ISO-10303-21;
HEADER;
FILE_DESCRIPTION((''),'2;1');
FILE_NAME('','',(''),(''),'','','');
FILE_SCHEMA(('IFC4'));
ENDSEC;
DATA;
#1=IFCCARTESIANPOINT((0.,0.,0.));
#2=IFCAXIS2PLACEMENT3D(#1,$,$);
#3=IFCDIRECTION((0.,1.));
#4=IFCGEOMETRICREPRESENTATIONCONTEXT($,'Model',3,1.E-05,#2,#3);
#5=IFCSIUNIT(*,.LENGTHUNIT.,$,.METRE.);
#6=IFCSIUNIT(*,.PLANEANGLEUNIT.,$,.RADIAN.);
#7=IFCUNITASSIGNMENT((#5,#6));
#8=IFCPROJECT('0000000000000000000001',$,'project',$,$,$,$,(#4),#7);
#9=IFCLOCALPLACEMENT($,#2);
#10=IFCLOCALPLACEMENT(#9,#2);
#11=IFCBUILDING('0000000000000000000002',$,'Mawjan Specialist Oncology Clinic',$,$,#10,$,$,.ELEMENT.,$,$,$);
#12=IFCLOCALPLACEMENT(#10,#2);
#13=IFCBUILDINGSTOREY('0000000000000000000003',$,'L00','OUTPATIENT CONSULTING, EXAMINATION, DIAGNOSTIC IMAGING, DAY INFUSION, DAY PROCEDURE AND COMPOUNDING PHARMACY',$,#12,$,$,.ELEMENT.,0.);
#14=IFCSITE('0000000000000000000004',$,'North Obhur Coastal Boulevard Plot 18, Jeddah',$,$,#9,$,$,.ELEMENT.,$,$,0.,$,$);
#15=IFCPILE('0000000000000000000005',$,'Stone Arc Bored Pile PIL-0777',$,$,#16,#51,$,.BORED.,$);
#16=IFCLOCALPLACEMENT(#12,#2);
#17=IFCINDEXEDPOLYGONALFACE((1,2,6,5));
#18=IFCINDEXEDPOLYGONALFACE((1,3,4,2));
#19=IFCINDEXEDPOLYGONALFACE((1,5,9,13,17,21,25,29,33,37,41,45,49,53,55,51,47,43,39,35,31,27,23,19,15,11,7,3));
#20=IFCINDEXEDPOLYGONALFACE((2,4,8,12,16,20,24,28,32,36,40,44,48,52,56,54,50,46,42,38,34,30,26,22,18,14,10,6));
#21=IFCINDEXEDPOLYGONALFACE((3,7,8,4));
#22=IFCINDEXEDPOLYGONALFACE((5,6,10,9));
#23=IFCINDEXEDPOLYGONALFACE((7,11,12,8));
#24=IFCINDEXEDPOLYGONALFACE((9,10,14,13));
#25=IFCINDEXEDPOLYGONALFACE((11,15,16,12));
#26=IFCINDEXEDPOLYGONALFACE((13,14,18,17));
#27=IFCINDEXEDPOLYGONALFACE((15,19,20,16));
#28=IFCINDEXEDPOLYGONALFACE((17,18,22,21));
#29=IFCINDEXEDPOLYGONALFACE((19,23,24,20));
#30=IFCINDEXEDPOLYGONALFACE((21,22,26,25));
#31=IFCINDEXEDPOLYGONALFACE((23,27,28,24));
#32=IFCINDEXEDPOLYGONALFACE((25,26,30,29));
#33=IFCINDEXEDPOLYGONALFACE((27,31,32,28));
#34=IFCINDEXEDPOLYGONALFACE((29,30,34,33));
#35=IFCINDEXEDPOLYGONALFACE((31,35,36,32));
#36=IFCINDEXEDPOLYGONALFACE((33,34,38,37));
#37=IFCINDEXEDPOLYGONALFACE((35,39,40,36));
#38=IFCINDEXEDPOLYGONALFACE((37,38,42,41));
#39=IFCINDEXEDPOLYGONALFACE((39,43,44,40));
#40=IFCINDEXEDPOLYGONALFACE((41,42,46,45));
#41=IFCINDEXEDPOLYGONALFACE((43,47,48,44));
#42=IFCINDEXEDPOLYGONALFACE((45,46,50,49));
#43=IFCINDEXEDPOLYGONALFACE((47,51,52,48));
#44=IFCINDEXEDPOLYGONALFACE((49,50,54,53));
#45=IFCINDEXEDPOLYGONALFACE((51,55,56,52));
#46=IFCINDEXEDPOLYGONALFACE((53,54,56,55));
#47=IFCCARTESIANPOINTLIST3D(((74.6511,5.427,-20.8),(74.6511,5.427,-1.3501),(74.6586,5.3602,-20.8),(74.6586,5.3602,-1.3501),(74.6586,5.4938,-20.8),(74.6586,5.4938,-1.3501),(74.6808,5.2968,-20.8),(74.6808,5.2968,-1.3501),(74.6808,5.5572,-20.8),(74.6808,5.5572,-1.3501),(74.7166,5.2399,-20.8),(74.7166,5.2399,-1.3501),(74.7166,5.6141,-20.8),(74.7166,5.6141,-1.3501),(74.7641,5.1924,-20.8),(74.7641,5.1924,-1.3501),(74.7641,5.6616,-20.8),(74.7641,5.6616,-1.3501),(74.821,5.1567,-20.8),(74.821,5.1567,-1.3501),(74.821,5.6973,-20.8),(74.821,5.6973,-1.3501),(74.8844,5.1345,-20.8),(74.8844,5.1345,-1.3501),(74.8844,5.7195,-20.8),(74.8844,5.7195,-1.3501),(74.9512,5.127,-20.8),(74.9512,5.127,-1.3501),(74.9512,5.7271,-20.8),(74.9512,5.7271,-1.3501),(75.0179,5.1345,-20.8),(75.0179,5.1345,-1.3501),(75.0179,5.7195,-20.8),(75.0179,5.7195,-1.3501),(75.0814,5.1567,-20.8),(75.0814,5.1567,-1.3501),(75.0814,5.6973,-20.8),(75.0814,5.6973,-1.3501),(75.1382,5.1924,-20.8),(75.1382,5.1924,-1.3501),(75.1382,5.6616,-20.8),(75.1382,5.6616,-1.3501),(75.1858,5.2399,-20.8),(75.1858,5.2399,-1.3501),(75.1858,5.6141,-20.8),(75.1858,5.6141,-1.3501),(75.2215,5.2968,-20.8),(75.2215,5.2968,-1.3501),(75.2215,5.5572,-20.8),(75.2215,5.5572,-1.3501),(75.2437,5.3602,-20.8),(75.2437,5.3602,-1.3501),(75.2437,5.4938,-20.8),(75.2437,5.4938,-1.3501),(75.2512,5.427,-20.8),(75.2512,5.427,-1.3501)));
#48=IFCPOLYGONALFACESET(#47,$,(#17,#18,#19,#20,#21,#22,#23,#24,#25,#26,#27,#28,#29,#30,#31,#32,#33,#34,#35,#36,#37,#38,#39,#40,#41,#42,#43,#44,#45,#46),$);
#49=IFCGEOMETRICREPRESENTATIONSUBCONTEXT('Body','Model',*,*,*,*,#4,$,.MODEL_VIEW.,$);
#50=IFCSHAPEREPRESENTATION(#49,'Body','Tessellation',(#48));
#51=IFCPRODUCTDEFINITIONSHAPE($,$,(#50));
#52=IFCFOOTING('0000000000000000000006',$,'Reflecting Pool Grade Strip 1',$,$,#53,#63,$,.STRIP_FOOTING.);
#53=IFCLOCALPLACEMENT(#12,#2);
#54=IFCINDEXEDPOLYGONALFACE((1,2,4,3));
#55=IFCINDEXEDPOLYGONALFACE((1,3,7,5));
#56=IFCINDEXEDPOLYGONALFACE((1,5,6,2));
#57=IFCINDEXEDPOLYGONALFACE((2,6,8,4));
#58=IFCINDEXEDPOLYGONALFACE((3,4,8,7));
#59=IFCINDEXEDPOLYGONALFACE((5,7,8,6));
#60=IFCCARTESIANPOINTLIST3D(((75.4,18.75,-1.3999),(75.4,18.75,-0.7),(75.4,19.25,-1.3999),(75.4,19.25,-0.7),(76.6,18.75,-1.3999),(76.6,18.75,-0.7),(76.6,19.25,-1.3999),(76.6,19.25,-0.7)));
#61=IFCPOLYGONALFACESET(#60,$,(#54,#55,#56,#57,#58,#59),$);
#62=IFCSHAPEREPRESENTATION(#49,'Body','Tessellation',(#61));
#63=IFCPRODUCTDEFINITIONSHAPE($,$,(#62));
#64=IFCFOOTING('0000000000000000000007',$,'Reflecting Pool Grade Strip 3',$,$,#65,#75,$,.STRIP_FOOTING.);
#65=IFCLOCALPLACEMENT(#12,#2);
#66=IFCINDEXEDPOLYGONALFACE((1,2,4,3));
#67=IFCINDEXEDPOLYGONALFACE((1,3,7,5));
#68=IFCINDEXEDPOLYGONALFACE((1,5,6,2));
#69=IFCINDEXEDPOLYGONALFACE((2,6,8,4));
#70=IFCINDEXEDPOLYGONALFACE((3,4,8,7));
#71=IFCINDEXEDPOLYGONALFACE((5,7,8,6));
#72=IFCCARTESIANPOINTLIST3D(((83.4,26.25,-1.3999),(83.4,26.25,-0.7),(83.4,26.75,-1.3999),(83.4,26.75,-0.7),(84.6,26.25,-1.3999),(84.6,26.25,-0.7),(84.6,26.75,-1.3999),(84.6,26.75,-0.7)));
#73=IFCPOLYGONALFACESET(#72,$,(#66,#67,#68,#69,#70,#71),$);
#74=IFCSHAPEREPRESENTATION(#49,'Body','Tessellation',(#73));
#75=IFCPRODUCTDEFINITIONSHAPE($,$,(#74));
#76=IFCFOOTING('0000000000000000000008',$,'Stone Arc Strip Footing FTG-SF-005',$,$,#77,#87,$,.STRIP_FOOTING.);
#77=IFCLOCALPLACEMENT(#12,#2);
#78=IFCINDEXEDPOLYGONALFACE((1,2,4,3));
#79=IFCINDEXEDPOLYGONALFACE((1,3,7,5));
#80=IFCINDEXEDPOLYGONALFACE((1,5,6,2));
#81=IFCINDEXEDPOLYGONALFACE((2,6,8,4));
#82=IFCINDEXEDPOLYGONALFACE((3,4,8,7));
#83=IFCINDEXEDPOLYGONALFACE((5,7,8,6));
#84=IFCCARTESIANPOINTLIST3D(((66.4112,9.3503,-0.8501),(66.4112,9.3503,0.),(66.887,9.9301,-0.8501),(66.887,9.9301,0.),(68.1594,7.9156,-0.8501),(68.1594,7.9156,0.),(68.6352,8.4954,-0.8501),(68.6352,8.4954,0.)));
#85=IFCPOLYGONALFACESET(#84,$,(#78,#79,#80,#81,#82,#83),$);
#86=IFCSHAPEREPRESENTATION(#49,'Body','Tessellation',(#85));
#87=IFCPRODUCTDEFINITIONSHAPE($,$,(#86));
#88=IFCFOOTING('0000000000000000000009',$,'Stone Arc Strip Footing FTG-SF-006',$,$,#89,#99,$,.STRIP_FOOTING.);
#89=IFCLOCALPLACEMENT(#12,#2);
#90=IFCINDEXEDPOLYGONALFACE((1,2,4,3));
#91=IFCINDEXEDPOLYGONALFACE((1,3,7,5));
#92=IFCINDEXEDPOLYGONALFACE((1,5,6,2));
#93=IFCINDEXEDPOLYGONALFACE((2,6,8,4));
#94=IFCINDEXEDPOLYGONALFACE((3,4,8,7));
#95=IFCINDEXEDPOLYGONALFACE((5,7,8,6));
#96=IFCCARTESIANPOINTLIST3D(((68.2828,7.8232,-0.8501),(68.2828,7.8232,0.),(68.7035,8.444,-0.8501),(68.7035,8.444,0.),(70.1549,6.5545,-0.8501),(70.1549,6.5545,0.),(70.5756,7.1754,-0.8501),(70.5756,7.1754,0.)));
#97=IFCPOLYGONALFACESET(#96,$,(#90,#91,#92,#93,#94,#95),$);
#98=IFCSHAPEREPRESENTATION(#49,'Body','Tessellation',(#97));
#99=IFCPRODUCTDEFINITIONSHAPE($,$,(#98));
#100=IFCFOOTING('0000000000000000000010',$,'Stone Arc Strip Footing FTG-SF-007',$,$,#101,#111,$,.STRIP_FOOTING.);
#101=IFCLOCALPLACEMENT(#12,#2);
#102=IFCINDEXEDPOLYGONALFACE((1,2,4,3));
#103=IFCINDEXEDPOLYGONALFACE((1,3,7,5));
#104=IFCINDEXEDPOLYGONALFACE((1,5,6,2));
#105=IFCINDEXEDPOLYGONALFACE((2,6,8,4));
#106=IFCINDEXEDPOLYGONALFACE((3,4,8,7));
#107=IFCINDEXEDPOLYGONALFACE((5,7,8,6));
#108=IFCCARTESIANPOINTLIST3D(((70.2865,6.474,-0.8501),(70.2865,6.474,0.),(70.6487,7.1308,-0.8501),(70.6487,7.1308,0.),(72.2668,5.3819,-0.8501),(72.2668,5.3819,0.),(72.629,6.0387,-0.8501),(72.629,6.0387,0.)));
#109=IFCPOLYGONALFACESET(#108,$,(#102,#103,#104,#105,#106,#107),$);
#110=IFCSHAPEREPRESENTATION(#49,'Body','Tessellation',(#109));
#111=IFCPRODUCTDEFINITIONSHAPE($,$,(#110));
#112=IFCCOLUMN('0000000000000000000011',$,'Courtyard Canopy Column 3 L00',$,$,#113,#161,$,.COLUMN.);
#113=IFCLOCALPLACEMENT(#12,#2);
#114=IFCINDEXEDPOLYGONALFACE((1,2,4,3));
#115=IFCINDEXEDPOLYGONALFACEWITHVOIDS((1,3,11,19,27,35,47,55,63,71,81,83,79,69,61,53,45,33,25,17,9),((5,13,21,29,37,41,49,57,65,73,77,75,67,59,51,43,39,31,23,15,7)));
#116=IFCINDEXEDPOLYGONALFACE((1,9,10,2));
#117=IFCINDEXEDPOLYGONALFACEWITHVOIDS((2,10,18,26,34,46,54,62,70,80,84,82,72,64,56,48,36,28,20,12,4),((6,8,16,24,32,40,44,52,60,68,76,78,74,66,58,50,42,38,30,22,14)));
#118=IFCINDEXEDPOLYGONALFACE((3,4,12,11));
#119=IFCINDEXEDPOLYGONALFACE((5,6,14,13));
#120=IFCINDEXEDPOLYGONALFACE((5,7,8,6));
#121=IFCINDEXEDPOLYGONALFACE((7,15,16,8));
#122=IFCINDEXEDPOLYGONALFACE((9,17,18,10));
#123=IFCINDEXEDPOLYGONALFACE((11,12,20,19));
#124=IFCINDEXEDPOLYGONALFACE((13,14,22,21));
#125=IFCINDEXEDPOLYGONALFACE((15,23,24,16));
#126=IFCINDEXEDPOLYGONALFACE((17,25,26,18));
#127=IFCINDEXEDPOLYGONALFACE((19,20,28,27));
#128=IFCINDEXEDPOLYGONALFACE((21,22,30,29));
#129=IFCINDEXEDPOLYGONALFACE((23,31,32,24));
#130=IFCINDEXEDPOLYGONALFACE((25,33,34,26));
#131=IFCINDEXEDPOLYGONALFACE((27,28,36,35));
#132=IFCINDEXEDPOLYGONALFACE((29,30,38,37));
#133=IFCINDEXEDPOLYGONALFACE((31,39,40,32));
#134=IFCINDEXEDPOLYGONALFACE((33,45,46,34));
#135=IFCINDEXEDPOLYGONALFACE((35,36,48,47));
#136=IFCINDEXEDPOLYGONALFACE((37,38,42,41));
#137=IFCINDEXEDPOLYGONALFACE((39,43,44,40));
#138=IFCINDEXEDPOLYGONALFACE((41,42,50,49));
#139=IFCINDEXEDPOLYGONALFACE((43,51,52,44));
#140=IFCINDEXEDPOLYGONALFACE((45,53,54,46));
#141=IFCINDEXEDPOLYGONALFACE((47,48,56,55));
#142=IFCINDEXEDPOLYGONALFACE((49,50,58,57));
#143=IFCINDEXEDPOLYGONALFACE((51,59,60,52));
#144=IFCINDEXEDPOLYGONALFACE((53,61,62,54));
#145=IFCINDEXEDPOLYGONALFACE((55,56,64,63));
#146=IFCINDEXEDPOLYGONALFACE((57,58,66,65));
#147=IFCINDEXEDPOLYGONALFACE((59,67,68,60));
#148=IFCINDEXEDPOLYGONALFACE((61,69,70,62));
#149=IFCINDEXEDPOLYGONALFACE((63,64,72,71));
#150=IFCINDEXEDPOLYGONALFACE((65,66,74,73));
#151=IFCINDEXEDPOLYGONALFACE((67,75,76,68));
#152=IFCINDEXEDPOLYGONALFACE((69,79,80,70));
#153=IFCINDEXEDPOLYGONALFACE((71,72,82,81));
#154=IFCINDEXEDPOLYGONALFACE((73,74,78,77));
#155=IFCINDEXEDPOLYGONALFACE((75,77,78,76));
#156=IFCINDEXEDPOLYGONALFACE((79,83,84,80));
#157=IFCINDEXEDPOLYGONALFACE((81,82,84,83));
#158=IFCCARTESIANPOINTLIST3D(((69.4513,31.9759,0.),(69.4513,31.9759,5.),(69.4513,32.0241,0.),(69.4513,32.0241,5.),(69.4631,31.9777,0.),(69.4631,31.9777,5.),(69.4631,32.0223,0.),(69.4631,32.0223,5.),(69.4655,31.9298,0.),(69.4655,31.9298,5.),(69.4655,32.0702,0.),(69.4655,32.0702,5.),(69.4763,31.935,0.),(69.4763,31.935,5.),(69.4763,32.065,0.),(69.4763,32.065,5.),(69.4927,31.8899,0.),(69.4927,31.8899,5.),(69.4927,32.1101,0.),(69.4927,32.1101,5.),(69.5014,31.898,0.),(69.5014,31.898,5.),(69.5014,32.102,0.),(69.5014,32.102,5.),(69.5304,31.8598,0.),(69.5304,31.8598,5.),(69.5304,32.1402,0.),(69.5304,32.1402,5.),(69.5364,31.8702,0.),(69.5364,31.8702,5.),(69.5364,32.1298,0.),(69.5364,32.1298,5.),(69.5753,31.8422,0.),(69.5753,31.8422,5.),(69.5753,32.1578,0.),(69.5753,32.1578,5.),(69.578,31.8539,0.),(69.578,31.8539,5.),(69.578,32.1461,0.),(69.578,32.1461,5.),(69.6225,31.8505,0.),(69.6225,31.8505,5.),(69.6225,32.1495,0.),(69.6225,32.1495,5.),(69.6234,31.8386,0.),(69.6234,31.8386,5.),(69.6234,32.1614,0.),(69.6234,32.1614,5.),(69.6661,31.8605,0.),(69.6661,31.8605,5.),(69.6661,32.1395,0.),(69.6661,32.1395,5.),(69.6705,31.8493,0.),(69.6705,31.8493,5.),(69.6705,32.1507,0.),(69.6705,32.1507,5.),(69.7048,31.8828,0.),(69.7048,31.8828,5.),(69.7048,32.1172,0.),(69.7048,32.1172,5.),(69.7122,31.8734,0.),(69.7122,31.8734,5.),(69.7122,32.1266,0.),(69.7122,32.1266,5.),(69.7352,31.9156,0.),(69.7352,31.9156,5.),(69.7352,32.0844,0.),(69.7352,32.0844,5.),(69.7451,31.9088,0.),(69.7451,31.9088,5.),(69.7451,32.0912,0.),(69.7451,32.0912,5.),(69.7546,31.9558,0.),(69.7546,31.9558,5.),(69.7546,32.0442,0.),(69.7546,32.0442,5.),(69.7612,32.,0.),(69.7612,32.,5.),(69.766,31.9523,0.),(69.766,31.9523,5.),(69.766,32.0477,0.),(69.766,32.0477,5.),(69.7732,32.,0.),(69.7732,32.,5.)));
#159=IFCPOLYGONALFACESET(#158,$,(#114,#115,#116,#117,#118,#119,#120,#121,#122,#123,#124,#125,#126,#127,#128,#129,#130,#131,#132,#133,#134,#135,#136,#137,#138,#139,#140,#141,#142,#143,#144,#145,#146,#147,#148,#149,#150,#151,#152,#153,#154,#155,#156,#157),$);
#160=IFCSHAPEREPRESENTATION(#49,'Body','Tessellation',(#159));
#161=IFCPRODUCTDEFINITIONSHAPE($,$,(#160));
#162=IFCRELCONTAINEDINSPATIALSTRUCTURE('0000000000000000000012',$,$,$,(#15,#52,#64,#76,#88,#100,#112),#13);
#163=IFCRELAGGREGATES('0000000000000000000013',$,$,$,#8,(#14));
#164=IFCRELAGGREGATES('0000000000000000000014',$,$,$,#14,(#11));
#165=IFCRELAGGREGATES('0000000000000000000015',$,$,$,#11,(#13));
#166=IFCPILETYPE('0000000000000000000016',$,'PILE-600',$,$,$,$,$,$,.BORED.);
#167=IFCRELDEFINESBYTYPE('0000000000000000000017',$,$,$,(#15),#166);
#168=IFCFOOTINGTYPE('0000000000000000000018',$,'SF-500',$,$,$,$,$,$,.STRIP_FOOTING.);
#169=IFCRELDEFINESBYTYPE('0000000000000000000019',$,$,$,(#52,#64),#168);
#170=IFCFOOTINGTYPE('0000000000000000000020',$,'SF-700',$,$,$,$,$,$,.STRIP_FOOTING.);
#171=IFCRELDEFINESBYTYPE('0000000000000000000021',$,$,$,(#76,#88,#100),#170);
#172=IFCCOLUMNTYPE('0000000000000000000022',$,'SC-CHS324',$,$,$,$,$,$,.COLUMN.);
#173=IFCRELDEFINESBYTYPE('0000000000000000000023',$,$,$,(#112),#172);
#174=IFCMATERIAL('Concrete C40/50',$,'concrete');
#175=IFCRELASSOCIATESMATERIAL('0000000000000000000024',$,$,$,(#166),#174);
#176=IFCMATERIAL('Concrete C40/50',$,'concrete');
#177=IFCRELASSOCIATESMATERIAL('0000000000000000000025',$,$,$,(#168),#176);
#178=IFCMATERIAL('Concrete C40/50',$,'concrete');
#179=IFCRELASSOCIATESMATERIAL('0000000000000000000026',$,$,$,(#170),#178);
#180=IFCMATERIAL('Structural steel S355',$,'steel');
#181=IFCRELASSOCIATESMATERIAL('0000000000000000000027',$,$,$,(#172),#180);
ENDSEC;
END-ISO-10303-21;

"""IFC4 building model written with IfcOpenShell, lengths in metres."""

from ifc_helpers import new_model, si_unit, direction, frame, origin, origin_2d, place, context, subcontext, project, spatial, rectangle, circle, hollow_circle, extrude, material, material_profile, profile_set, type_object, element, save


model = new_model("IFC4")

# Units and contexts
model_context = context("Model", 3, precision=1e-05, world=origin(), true_north=direction((0.0, 1.0)))
body_context = subcontext(model_context, "Body", "Model", "MODEL_VIEW")
ifc_project = project(units=[si_unit("LENGTHUNIT", "METRE"), si_unit("PLANEANGLEUNIT", "RADIAN")], contexts=[model_context])

# Site, building, storey
site_placement = place(None, origin())
site = spatial("IfcSite", under=ifc_project, at=site_placement, Name="North Obhur Coastal Boulevard Plot 18, Jeddah", CompositionType="ELEMENT", RefElevation=0.0)
building_placement = place(site_placement, origin())
building = spatial("IfcBuilding", under=site, at=building_placement, Name="Mawjan Specialist Oncology Clinic", CompositionType="ELEMENT")
storey_placement = place(building_placement, origin())
storey = spatial("IfcBuildingStorey", under=building, at=storey_placement, Name="L00", Description="OUTPATIENT CONSULTING, EXAMINATION, DIAGNOSTIC IMAGING, DAY INFUSION, DAY PROCEDURE AND COMPOUNDING PHARMACY", CompositionType="ELEMENT", Elevation=0.0)

# Pile
ifc_material_1 = material(Name="Concrete C40/50", Category="concrete")
ifc_material_profile_1 = material_profile(ifc_material_1, circle(Radius=0.3, at=origin_2d()), Name="BORED PILE D600", Category="concrete")
ifc_profile_set_1 = profile_set([ifc_material_profile_1], Name="Concrete C40/50")
pile_type = type_object("IfcPileType", Name="PILE-600", PredefinedType="BORED", material=ifc_profile_set_1)
for number, where, z_axis, x_axis, name in (
    (1, (74.9512, 5.427, -1.3501), (0.0, 0.0, -1.0), (1.0, 0.0, 0.0), "Stone Arc Bored Pile PIL-0777"),
):
    element("IfcPile", number, at=place(storey_placement, frame(where, z_axis=z_axis, x_axis=x_axis)), inside=storey, type_object=pile_type, Name=name, PredefinedType="BORED", context=body_context, shape_type="SweptSolid", body=[
        extrude(circle(Radius=0.3, at=origin_2d()), origin(), (0.0, 0.0, 1.0), 19.45),
    ])

# Footings
ifc_material_2 = material(Name="Concrete C40/50", Category="concrete")
footing_type_1 = type_object("IfcFootingType", Name="SF-500", PredefinedType="STRIP_FOOTING", material=ifc_material_2)
for number, where, z_axis, x_axis, name in (
    (2, (76.0, 19.0, -1.3999), (0.0, 0.0, 1.0), (1.0, 0.0, 0.0), "Reflecting Pool Grade Strip 1"),
    (3, (84.0, 26.5, -1.3999), (0.0, 0.0, 1.0), (1.0, 0.0, 0.0), "Reflecting Pool Grade Strip 3"),
):
    element("IfcFooting", number, at=place(storey_placement, frame(where, z_axis=z_axis, x_axis=x_axis)), inside=storey, type_object=footing_type_1, Name=name, PredefinedType="STRIP_FOOTING", context=body_context, shape_type="SweptSolid", body=[
        extrude(rectangle(XDim=1.2, YDim=0.5, at=origin_2d()), origin(), (0.0, 0.0, 1.0), 0.7),
    ])
ifc_material_3 = material(Name="Concrete C40/50", Category="concrete")
footing_type_2 = type_object("IfcFootingType", Name="SF-700", PredefinedType="STRIP_FOOTING", material=ifc_material_3)
for number, where, z_axis, x_axis, name in (
    (4, (67.5232, 8.9229, -0.8501), (0.0, 0.0, 1.0), (-0.77301, 0.634393, 0.0), "Stone Arc Strip Footing FTG-SF-005"),
    (5, (69.4292, 7.4993, -0.8501), (0.0, 0.0, 1.0), (-0.827816, 0.561, 0.0), "Stone Arc Strip Footing FTG-SF-006"),
    (6, (71.4578, 6.2563, -0.8501), (0.0, 0.0, 1.0), (-0.875675, 0.4829, 0.0), "Stone Arc Strip Footing FTG-SF-007"),
):
    element("IfcFooting", number, at=place(storey_placement, frame(where, z_axis=z_axis, x_axis=x_axis)), inside=storey, type_object=footing_type_2, Name=name, PredefinedType="STRIP_FOOTING", context=body_context, shape_type="SweptSolid", body=[
        extrude(rectangle(XDim=2.2615, YDim=0.75, at=origin_2d()), origin(), (0.0, 0.0, 1.0), 0.8501),
    ])

# Column
ifc_material_4 = material(Name="Structural steel S355", Category="steel")
ifc_material_profile_2 = material_profile(ifc_material_4, hollow_circle(Radius=0.1619, WallThickness=0.012, at=origin_2d()), Name="CHS 323.9x12", Category="steel")
ifc_profile_set_2 = profile_set([ifc_material_profile_2], Name="Structural steel S355")
column_type = type_object("IfcColumnType", Name="SC-CHS324", PredefinedType="COLUMN", material=ifc_profile_set_2)
for number, where, z_axis, x_axis, name in (
    (7, (69.6113, 32.0, 0.0), (0.0, 0.0, 1.0), (1.0, 0.0, 0.0), "Courtyard Canopy Column 3 L00"),
):
    element("IfcColumn", number, at=place(storey_placement, frame(where, z_axis=z_axis, x_axis=x_axis)), inside=storey, type_object=column_type, Name=name, PredefinedType="COLUMN", context=body_context, shape_type="SweptSolid", body=[
        extrude(hollow_circle(Radius=0.1619, WallThickness=0.012, at=origin_2d()), origin(), (0.0, 0.0, 1.0), 5.0),
    ])

save(model, "model.ifc")
